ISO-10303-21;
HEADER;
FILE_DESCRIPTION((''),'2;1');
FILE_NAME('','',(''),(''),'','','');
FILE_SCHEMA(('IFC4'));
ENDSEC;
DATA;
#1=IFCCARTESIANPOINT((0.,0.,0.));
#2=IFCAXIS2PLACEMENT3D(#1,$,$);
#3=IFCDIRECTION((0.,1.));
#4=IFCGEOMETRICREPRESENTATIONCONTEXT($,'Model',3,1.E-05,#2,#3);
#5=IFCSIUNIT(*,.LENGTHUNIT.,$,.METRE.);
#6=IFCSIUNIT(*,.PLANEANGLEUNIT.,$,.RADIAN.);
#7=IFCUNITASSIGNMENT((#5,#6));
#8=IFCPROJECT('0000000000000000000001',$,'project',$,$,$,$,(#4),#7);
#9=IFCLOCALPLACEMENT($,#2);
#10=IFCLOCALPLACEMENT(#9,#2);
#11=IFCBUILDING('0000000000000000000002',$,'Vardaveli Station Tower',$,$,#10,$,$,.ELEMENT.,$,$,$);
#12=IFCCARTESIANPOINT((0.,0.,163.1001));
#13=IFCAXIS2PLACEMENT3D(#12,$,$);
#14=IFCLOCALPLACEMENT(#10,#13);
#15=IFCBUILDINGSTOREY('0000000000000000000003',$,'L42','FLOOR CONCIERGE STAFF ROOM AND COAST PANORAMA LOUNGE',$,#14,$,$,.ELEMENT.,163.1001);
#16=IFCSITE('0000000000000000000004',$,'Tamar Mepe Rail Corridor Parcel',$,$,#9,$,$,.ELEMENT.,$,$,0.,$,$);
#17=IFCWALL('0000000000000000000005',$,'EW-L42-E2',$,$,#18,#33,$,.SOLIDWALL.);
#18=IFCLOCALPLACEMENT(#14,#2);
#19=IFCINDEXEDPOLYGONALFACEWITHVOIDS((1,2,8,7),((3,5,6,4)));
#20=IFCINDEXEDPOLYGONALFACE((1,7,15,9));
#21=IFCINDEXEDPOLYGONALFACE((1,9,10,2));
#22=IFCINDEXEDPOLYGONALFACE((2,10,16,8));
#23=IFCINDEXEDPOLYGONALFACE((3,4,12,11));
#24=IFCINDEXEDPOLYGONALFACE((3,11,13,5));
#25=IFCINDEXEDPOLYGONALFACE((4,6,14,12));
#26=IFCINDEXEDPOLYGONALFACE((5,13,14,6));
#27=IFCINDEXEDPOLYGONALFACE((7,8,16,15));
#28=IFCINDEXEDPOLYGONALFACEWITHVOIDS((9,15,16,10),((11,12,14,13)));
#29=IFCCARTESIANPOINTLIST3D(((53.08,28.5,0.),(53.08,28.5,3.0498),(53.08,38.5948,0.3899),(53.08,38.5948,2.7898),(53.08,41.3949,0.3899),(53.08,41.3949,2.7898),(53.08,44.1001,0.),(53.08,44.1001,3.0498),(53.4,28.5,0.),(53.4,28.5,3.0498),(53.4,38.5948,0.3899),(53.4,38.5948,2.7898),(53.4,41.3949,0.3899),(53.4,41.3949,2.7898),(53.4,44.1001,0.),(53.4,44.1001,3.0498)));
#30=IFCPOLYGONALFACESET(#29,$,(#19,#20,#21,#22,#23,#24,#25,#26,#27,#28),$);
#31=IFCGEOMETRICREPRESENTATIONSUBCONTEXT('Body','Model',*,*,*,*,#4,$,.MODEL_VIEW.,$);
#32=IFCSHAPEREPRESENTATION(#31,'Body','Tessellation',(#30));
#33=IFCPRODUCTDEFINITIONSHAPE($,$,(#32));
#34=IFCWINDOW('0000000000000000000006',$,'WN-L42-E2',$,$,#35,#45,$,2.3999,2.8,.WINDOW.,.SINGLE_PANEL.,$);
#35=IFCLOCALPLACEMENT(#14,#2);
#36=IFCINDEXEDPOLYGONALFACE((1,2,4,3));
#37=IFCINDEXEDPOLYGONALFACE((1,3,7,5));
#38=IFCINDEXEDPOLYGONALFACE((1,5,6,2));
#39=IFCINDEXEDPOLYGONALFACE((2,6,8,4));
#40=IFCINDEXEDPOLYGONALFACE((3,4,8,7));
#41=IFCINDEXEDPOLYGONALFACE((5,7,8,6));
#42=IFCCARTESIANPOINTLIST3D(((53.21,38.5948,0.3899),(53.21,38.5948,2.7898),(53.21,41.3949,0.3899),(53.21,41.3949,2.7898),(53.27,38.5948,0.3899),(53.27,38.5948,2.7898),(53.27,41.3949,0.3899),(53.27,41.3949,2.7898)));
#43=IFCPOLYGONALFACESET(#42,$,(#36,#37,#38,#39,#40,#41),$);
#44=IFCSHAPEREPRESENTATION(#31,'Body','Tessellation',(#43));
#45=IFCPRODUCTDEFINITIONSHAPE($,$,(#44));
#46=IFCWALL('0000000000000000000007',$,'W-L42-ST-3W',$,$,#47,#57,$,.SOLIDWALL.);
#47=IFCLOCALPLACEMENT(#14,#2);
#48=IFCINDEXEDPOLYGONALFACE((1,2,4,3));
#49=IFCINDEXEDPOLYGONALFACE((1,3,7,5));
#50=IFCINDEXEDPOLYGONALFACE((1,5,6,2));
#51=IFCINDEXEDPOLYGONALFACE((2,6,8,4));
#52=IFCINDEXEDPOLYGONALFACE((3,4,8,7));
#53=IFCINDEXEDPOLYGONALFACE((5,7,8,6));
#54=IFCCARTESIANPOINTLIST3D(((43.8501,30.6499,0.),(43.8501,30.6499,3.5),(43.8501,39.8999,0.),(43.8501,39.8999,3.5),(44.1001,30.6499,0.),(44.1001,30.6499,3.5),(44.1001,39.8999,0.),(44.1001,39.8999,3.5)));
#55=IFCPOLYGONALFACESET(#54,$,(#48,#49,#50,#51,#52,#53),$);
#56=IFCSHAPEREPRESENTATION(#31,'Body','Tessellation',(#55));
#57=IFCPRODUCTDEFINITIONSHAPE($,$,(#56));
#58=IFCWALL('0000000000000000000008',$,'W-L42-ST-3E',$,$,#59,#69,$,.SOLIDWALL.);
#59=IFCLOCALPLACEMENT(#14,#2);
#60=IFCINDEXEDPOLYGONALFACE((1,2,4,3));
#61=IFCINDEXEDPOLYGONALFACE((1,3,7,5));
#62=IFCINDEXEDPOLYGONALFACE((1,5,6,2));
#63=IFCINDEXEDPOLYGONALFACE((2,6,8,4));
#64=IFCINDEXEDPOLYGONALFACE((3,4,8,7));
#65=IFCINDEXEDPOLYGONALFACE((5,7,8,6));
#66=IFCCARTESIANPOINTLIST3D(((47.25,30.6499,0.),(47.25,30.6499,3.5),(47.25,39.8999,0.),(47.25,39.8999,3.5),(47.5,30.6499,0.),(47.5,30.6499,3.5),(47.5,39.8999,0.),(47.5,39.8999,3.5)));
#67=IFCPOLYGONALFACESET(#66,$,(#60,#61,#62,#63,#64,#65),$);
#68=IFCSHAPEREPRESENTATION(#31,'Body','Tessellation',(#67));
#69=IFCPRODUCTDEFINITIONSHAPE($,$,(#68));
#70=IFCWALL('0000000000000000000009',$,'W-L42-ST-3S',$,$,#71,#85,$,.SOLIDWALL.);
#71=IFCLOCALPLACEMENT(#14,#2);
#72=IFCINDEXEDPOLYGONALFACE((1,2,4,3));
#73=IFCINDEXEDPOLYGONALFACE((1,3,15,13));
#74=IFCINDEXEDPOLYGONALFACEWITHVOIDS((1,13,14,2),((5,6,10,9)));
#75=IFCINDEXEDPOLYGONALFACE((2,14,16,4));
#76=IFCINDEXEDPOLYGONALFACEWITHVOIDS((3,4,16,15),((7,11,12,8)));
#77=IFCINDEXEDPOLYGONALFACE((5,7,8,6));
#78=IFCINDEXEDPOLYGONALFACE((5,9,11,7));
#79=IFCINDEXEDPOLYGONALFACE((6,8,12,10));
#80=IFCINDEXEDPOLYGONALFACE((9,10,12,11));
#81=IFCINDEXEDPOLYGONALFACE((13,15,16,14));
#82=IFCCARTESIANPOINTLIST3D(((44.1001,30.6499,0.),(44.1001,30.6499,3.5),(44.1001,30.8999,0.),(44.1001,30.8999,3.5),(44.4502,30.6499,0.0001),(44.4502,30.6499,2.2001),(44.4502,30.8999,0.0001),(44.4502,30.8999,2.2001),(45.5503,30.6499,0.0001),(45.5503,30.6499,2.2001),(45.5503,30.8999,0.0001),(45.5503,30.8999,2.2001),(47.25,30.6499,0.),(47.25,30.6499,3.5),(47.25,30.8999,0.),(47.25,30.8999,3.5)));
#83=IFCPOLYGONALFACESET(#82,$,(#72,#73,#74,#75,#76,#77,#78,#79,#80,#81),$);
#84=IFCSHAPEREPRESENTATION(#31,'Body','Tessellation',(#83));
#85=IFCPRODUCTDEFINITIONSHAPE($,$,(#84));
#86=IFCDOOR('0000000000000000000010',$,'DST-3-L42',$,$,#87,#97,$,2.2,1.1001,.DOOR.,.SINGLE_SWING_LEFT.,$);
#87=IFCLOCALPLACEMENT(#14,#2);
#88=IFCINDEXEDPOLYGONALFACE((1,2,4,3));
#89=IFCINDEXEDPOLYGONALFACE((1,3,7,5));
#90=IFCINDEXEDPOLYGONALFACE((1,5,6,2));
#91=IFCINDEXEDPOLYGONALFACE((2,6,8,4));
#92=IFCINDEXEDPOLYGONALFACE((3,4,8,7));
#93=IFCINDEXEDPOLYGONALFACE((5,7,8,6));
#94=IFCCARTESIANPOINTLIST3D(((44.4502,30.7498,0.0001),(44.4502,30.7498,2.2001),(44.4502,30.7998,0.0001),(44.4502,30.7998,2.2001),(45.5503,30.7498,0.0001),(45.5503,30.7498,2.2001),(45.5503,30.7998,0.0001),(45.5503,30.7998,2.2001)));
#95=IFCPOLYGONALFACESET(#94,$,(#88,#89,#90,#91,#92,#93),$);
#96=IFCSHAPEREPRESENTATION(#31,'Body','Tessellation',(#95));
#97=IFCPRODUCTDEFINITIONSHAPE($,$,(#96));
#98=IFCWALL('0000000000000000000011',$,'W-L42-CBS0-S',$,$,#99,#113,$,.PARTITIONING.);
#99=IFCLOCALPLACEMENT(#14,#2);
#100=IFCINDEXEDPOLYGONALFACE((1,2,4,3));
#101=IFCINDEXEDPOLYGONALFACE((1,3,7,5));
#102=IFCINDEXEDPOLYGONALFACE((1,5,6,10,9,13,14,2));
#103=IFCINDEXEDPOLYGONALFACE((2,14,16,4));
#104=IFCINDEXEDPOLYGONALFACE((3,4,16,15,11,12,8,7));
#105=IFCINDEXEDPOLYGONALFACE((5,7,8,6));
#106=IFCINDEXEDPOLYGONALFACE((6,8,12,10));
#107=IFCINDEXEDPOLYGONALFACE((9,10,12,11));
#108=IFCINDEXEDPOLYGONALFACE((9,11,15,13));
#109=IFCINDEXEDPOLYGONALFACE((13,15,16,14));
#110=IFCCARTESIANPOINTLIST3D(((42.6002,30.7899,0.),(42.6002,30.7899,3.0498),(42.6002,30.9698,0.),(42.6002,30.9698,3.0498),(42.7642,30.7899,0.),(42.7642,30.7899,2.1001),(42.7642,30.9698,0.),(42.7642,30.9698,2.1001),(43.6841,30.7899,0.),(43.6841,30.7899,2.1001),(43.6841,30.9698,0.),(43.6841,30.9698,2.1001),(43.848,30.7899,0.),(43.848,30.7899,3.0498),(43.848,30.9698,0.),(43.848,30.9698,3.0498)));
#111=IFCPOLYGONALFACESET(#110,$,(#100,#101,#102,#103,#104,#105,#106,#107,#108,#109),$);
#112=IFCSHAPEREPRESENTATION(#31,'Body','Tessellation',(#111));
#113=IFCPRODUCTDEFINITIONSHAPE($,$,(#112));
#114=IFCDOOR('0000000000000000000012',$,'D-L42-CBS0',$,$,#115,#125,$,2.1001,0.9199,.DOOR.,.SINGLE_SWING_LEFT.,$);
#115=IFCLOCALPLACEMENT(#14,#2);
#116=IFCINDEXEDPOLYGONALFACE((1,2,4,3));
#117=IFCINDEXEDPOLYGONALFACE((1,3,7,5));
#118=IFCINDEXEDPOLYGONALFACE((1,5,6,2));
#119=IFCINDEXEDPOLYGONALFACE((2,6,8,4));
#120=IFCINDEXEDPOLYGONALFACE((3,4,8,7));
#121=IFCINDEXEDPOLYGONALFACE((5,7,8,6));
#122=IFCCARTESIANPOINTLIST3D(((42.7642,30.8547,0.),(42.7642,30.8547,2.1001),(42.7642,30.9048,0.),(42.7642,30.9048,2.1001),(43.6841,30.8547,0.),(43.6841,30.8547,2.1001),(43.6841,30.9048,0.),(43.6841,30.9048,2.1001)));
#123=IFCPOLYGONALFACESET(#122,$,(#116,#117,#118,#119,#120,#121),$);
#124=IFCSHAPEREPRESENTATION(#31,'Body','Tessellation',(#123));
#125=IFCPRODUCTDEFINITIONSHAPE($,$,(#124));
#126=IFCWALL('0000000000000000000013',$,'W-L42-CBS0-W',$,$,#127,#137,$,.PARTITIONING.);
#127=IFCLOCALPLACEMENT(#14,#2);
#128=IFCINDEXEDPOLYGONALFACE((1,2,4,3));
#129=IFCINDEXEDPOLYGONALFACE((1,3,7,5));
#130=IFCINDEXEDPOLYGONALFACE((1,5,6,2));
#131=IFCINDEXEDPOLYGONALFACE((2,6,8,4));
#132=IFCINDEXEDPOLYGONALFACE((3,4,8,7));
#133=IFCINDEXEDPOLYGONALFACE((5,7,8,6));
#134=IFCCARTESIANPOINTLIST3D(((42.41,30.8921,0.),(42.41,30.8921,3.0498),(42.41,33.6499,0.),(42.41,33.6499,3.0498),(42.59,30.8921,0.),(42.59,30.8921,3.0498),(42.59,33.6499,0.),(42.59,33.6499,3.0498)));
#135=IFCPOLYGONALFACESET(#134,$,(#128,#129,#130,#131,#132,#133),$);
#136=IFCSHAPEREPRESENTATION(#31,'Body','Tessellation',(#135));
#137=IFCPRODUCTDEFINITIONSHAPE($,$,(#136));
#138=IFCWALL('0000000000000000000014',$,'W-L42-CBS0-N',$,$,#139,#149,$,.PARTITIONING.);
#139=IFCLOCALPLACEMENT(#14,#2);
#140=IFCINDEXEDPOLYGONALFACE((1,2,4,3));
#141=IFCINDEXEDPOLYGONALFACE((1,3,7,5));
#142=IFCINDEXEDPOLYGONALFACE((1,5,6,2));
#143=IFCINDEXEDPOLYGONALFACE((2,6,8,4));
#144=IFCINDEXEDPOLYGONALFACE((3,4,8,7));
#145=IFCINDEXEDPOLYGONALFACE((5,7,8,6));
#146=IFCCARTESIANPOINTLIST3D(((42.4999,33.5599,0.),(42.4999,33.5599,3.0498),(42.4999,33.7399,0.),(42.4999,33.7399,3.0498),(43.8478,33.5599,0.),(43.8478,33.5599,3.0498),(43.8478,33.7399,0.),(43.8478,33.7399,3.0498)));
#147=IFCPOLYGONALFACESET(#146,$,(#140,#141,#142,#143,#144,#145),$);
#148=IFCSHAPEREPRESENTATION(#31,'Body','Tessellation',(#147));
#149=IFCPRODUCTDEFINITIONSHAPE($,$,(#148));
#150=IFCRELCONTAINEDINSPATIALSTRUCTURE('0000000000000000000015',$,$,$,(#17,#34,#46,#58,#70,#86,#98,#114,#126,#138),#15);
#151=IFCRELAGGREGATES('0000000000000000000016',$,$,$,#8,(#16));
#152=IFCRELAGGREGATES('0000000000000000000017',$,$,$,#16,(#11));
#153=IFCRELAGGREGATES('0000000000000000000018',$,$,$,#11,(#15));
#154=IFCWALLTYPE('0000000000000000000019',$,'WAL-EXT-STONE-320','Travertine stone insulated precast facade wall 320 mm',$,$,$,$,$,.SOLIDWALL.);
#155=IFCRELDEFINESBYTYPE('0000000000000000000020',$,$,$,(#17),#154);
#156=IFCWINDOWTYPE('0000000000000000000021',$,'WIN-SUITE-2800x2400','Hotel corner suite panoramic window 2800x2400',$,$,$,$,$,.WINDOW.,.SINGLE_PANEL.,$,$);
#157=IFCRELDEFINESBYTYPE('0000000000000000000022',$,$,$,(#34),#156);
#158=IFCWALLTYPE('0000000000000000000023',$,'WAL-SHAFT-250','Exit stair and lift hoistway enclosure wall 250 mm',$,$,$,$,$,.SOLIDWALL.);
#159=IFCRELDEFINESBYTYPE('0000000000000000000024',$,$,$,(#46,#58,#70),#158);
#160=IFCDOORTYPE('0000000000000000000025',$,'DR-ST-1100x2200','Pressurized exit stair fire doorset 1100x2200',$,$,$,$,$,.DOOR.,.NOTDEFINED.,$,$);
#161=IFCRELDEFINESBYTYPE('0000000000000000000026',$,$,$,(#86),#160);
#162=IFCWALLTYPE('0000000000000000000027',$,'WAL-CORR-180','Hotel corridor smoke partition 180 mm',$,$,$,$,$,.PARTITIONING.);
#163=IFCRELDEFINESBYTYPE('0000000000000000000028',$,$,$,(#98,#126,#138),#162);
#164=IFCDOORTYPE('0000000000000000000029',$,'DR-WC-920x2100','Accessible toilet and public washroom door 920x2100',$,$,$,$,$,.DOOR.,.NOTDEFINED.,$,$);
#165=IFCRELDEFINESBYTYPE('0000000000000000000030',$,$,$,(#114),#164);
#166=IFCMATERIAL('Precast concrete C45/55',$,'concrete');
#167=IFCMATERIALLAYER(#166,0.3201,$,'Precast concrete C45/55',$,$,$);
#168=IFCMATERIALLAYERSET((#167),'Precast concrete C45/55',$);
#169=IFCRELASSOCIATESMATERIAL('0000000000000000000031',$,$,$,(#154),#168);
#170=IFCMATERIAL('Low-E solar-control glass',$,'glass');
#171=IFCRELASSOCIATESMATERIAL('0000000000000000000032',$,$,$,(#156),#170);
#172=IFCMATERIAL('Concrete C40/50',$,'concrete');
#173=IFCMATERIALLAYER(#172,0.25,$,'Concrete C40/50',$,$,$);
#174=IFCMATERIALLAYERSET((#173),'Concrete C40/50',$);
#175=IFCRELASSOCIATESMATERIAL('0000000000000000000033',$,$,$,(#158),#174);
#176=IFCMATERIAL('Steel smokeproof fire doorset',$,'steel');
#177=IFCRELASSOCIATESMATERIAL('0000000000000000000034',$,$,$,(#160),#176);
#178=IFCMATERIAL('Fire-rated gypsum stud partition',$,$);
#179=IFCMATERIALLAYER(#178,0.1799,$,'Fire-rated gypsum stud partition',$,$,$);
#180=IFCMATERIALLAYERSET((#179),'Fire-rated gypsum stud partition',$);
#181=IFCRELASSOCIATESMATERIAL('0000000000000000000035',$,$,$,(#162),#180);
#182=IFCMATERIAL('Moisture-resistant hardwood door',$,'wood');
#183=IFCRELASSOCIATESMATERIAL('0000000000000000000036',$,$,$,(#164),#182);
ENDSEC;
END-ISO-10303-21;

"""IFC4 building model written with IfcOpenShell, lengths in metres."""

from ifc_helpers import new_model, si_unit, direction, frame, frame_2d, origin, place, context, subcontext, project, spatial, rectangle, extrude, source, transform, mapped, material, layer, layer_set, type_object, element, fill, save


model = new_model("IFC4")

# Units and contexts
model_context = context("Model", 3, precision=1e-05, world=origin(), true_north=direction((0.0, 1.0)))
body_context = subcontext(model_context, "Body", "Model", "MODEL_VIEW")
ifc_project = project(units=[si_unit("LENGTHUNIT", "METRE"), si_unit("PLANEANGLEUNIT", "RADIAN")], contexts=[model_context])

# Site, building, storey
site_placement = place(None, origin())
site = spatial("IfcSite", under=ifc_project, at=site_placement, Name="Tamar Mepe Rail Corridor Parcel", CompositionType="ELEMENT", RefElevation=0.0)
building_placement = place(site_placement, origin())
building = spatial("IfcBuilding", under=site, at=building_placement, Name="Vardaveli Station Tower", CompositionType="ELEMENT")
storey_placement = place(building_placement, frame((0.0, 0.0, 163.1001)))
storey = spatial("IfcBuildingStorey", under=building, at=storey_placement, Name="L42", Description="FLOOR CONCIERGE STAFF ROOM AND COAST PANORAMA LOUNGE", CompositionType="ELEMENT", Elevation=163.1001)

# Shared definitions
ifc_material_1 = material(Name="Precast concrete C45/55", Category="concrete")

# Wall, opening, window
ifc_layer_1 = layer(ifc_material_1, 0.3201, Name="Precast concrete C45/55")
ifc_layer_set_1 = layer_set([ifc_layer_1], Name="Precast concrete C45/55")
wall_type_1 = type_object("IfcWallType", Name="WAL-EXT-STONE-320", Description="Travertine stone insulated precast facade wall 320 mm", PredefinedType="SOLIDWALL", material=ifc_layer_set_1)
shared_shape_1 = source(origin(), body_context, "Body", "SweptSolid", [
    extrude(rectangle(XDim=15.6001, YDim=0.3201, at=frame_2d((7.8, 0.0))), origin(), (0.0, 0.0, 1.0), 3.0498),
])
wall_1_placement = place(storey_placement, frame((53.24, 28.5, 0.0), z_axis=(0.0, 0.0, 1.0), x_axis=(0.0, 1.0, 0.0)))
wall_1 = element("IfcWall", 1, at=wall_1_placement, inside=storey, type_object=wall_type_1, Name="EW-L42-E2", PredefinedType="SOLIDWALL", context=body_context, shape_type="MappedRepresentation", body=[
    mapped(shared_shape_1, transform((0.0, 0.0, 0.0), scale=1.0)),
])
shared_shape_2 = source(origin(), body_context, "Body", "SweptSolid", [
    extrude(rectangle(XDim=2.8, YDim=2.3999, at=frame_2d((1.3999, 1.2))), frame((0.0, 0.1699, 0.0), z_axis=(0.0, -1.0, 0.0), x_axis=(1.0, 0.0, 0.0)), (0.0, 0.0, 1.0), 0.3401),
])
opening_1_placement = place(wall_1_placement, frame((10.095, 0.0, 0.3899)))
opening_1 = element("IfcOpeningElement", 2, at=opening_1_placement, cuts=wall_1, PredefinedType="OPENING", context=body_context, shape_type="MappedRepresentation", body=[
    mapped(shared_shape_2, transform((0.0, 0.0, 0.0), scale=1.0)),
])
ifc_material_2 = material(Name="Low-E solar-control glass", Category="glass")
window_type = type_object("IfcWindowType", Name="WIN-SUITE-2800x2400", Description="Hotel corner suite panoramic window 2800x2400", PartitioningType="SINGLE_PANEL", PredefinedType="WINDOW", material=ifc_material_2)
shared_shape_3 = source(origin(), body_context, "Body", "SweptSolid", [
    extrude(rectangle(XDim=2.8, YDim=2.3999, at=frame_2d((1.3999, 1.2))), frame((0.0, 0.03, 0.0), z_axis=(0.0, -1.0, 0.0), x_axis=(1.0, 0.0, 0.0)), (0.0, 0.0, 1.0), 0.0601),
])
window_placement = place(opening_1_placement, origin())
window = element("IfcWindow", 3, at=window_placement, inside=storey, type_object=window_type, Name="WN-L42-E2", OverallHeight=2.3999, OverallWidth=2.8, PartitioningType="SINGLE_PANEL", PredefinedType="WINDOW", context=body_context, shape_type="MappedRepresentation", body=[
    mapped(shared_shape_3, transform((0.0, 0.0, 0.0), scale=1.0)),
])
fill(opening_1, window)

# Walls
ifc_material_3 = material(Name="Concrete C40/50", Category="concrete")
ifc_layer_2 = layer(ifc_material_3, 0.25, Name="Concrete C40/50")
ifc_layer_set_2 = layer_set([ifc_layer_2], Name="Concrete C40/50")
wall_type_2 = type_object("IfcWallType", Name="WAL-SHAFT-250", Description="Exit stair and lift hoistway enclosure wall 250 mm", PredefinedType="SOLIDWALL", material=ifc_layer_set_2)
shared_shape_4 = source(origin(), body_context, "Body", "SweptSolid", [
    extrude(rectangle(XDim=9.25, YDim=0.25, at=frame_2d((4.625, 0.0))), origin(), (0.0, 0.0, 1.0), 3.5),
])
for number, where, z_axis, x_axis, name in (
    (4, (43.9751, 30.6499, 0.0), (0.0, 0.0, 1.0), (0.0, 1.0, 0.0), "W-L42-ST-3W"),
    (5, (47.375, 30.6499, 0.0), (0.0, 0.0, 1.0), (0.0, 1.0, 0.0), "W-L42-ST-3E"),
):
    element("IfcWall", number, at=place(storey_placement, frame(where, z_axis=z_axis, x_axis=x_axis)), inside=storey, type_object=wall_type_2, Name=name, PredefinedType="SOLIDWALL", context=body_context, shape_type="MappedRepresentation", body=[
        mapped(shared_shape_4, transform((0.0, 0.0, 0.0), scale=1.0)),
    ])

# Walls, openings, doors
shared_shape_5 = source(origin(), body_context, "Body", "SweptSolid", [
    extrude(rectangle(XDim=3.1499, YDim=0.25, at=frame_2d((1.575, 0.0))), origin(), (0.0, 0.0, 1.0), 3.5),
])
wall_2_placement = place(storey_placement, frame((44.1001, 30.7749, 0.0), z_axis=(0.0, 0.0, 1.0), x_axis=(1.0, 0.0, 0.0)))
wall_2 = element("IfcWall", 6, at=wall_2_placement, inside=storey, type_object=wall_type_2, Name="W-L42-ST-3S", PredefinedType="SOLIDWALL", context=body_context, shape_type="MappedRepresentation", body=[
    mapped(shared_shape_5, transform((0.0, 0.0, 0.0), scale=1.0)),
])
shared_shape_6 = source(origin(), body_context, "Body", "SweptSolid", [
    extrude(rectangle(XDim=1.1001, YDim=2.2, at=frame_2d((0.55, 1.1001))), frame((0.0, 0.135, 0.0), z_axis=(0.0, -1.0, 0.0), x_axis=(1.0, 0.0, 0.0)), (0.0, 0.0, 1.0), 0.27),
])
opening_2_placement = place(wall_2_placement, frame((0.3501, 0.0, 0.0)))
opening_2 = element("IfcOpeningElement", 7, at=opening_2_placement, cuts=wall_2, PredefinedType="OPENING", context=body_context, shape_type="MappedRepresentation", body=[
    mapped(shared_shape_6, transform((0.0, 0.0, 0.0), scale=1.0)),
])
ifc_material_4 = material(Name="Steel smokeproof fire doorset", Category="steel")
door_type_1 = type_object("IfcDoorType", Name="DR-ST-1100x2200", Description="Pressurized exit stair fire doorset 1100x2200", OperationType="NOTDEFINED", PredefinedType="DOOR", material=ifc_material_4)
shared_shape_7 = source(origin(), body_context, "Body", "SweptSolid", [
    extrude(rectangle(XDim=1.1001, YDim=2.2, at=frame_2d((0.55, 1.1001))), frame((0.0, 0.0249, 0.0), z_axis=(0.0, -1.0, 0.0), x_axis=(1.0, 0.0, 0.0)), (0.0, 0.0, 1.0), 0.05),
])
door_1_placement = place(opening_2_placement, origin())
door_1 = element("IfcDoor", 8, at=door_1_placement, inside=storey, type_object=door_type_1, Name="DST-3-L42", OperationType="SINGLE_SWING_LEFT", OverallHeight=2.2, OverallWidth=1.1001, PredefinedType="DOOR", context=body_context, shape_type="MappedRepresentation", body=[
    mapped(shared_shape_7, transform((0.0, 0.0, 0.0), scale=1.0)),
])
fill(opening_2, door_1)
ifc_material_5 = material(Name="Fire-rated gypsum stud partition")
ifc_layer_3 = layer(ifc_material_5, 0.1799, Name="Fire-rated gypsum stud partition")
ifc_layer_set_3 = layer_set([ifc_layer_3], Name="Fire-rated gypsum stud partition")
wall_type_3 = type_object("IfcWallType", Name="WAL-CORR-180", Description="Hotel corridor smoke partition 180 mm", PredefinedType="PARTITIONING", material=ifc_layer_set_3)
shared_shape_8 = source(origin(), body_context, "Body", "SweptSolid", [
    extrude(rectangle(XDim=1.2478, YDim=0.1799, at=frame_2d((0.624, 0.0))), origin(), (0.0, 0.0, 1.0), 3.0498),
])
wall_3_placement = place(storey_placement, frame((42.6001, 30.8799, 0.0), z_axis=(0.0, 0.0, 1.0), x_axis=(1.0, 0.0, 0.0)))
wall_3 = element("IfcWall", 9, at=wall_3_placement, inside=storey, type_object=wall_type_3, Name="W-L42-CBS0-S", PredefinedType="PARTITIONING", context=body_context, shape_type="MappedRepresentation", body=[
    mapped(shared_shape_8, transform((0.0, 0.0, 0.0), scale=1.0)),
])
shared_shape_9 = source(origin(), body_context, "Body", "SweptSolid", [
    extrude(rectangle(XDim=0.9199, YDim=2.1001, at=frame_2d((0.46, 1.05))), frame((0.0, 0.1001, 0.0), z_axis=(0.0, -1.0, 0.0), x_axis=(1.0, 0.0, 0.0)), (0.0, 0.0, 1.0), 0.2),
])
opening_3_placement = place(wall_3_placement, frame((0.1641, 0.0, 0.0)))
opening_3 = element("IfcOpeningElement", 10, at=opening_3_placement, cuts=wall_3, PredefinedType="OPENING", context=body_context, shape_type="MappedRepresentation", body=[
    mapped(shared_shape_9, transform((0.0, 0.0, 0.0), scale=1.0)),
])
ifc_material_6 = material(Name="Moisture-resistant hardwood door", Category="wood")
door_type_2 = type_object("IfcDoorType", Name="DR-WC-920x2100", Description="Accessible toilet and public washroom door 920x2100", OperationType="NOTDEFINED", PredefinedType="DOOR", material=ifc_material_6)
shared_shape_10 = source(origin(), body_context, "Body", "SweptSolid", [
    extrude(rectangle(XDim=0.9199, YDim=2.1001, at=frame_2d((0.46, 1.05))), frame((0.0, 0.0249, 0.0), z_axis=(0.0, -1.0, 0.0), x_axis=(1.0, 0.0, 0.0)), (0.0, 0.0, 1.0), 0.05),
])
door_2_placement = place(opening_3_placement, origin())
door_2 = element("IfcDoor", 11, at=door_2_placement, inside=storey, type_object=door_type_2, Name="D-L42-CBS0", OperationType="SINGLE_SWING_LEFT", OverallHeight=2.1001, OverallWidth=0.9199, PredefinedType="DOOR", context=body_context, shape_type="MappedRepresentation", body=[
    mapped(shared_shape_10, transform((0.0, 0.0, 0.0), scale=1.0)),
])
fill(opening_3, door_2)

# Walls
shared_shape_11 = source(origin(), body_context, "Body", "SweptSolid", [
    extrude(rectangle(XDim=2.7578, YDim=0.1799, at=frame_2d((1.3789, 0.0))), origin(), (0.0, 0.0, 1.0), 3.0498),
])
wall_4_placement = place(storey_placement, frame((42.5, 30.8921, 0.0), z_axis=(0.0, 0.0, 1.0), x_axis=(0.0, 1.0, 0.0)))
element("IfcWall", 12, at=wall_4_placement, inside=storey, type_object=wall_type_3, Name="W-L42-CBS0-W", PredefinedType="PARTITIONING", context=body_context, shape_type="MappedRepresentation", body=[
    mapped(shared_shape_11, transform((0.0, 0.0, 0.0), scale=1.0)),
])
shared_shape_12 = source(origin(), body_context, "Body", "SweptSolid", [
    extrude(rectangle(XDim=1.3479, YDim=0.1799, at=frame_2d((0.6738, 0.0))), origin(), (0.0, 0.0, 1.0), 3.0498),
])
wall_5_placement = place(storey_placement, frame((42.5, 33.6499, 0.0), z_axis=(0.0, 0.0, 1.0), x_axis=(1.0, 0.0, 0.0)))
element("IfcWall", 13, at=wall_5_placement, inside=storey, type_object=wall_type_3, Name="W-L42-CBS0-N", PredefinedType="PARTITIONING", context=body_context, shape_type="MappedRepresentation", body=[
    mapped(shared_shape_12, transform((0.0, 0.0, 0.0), scale=1.0)),
])

save(model, "model.ifc")
